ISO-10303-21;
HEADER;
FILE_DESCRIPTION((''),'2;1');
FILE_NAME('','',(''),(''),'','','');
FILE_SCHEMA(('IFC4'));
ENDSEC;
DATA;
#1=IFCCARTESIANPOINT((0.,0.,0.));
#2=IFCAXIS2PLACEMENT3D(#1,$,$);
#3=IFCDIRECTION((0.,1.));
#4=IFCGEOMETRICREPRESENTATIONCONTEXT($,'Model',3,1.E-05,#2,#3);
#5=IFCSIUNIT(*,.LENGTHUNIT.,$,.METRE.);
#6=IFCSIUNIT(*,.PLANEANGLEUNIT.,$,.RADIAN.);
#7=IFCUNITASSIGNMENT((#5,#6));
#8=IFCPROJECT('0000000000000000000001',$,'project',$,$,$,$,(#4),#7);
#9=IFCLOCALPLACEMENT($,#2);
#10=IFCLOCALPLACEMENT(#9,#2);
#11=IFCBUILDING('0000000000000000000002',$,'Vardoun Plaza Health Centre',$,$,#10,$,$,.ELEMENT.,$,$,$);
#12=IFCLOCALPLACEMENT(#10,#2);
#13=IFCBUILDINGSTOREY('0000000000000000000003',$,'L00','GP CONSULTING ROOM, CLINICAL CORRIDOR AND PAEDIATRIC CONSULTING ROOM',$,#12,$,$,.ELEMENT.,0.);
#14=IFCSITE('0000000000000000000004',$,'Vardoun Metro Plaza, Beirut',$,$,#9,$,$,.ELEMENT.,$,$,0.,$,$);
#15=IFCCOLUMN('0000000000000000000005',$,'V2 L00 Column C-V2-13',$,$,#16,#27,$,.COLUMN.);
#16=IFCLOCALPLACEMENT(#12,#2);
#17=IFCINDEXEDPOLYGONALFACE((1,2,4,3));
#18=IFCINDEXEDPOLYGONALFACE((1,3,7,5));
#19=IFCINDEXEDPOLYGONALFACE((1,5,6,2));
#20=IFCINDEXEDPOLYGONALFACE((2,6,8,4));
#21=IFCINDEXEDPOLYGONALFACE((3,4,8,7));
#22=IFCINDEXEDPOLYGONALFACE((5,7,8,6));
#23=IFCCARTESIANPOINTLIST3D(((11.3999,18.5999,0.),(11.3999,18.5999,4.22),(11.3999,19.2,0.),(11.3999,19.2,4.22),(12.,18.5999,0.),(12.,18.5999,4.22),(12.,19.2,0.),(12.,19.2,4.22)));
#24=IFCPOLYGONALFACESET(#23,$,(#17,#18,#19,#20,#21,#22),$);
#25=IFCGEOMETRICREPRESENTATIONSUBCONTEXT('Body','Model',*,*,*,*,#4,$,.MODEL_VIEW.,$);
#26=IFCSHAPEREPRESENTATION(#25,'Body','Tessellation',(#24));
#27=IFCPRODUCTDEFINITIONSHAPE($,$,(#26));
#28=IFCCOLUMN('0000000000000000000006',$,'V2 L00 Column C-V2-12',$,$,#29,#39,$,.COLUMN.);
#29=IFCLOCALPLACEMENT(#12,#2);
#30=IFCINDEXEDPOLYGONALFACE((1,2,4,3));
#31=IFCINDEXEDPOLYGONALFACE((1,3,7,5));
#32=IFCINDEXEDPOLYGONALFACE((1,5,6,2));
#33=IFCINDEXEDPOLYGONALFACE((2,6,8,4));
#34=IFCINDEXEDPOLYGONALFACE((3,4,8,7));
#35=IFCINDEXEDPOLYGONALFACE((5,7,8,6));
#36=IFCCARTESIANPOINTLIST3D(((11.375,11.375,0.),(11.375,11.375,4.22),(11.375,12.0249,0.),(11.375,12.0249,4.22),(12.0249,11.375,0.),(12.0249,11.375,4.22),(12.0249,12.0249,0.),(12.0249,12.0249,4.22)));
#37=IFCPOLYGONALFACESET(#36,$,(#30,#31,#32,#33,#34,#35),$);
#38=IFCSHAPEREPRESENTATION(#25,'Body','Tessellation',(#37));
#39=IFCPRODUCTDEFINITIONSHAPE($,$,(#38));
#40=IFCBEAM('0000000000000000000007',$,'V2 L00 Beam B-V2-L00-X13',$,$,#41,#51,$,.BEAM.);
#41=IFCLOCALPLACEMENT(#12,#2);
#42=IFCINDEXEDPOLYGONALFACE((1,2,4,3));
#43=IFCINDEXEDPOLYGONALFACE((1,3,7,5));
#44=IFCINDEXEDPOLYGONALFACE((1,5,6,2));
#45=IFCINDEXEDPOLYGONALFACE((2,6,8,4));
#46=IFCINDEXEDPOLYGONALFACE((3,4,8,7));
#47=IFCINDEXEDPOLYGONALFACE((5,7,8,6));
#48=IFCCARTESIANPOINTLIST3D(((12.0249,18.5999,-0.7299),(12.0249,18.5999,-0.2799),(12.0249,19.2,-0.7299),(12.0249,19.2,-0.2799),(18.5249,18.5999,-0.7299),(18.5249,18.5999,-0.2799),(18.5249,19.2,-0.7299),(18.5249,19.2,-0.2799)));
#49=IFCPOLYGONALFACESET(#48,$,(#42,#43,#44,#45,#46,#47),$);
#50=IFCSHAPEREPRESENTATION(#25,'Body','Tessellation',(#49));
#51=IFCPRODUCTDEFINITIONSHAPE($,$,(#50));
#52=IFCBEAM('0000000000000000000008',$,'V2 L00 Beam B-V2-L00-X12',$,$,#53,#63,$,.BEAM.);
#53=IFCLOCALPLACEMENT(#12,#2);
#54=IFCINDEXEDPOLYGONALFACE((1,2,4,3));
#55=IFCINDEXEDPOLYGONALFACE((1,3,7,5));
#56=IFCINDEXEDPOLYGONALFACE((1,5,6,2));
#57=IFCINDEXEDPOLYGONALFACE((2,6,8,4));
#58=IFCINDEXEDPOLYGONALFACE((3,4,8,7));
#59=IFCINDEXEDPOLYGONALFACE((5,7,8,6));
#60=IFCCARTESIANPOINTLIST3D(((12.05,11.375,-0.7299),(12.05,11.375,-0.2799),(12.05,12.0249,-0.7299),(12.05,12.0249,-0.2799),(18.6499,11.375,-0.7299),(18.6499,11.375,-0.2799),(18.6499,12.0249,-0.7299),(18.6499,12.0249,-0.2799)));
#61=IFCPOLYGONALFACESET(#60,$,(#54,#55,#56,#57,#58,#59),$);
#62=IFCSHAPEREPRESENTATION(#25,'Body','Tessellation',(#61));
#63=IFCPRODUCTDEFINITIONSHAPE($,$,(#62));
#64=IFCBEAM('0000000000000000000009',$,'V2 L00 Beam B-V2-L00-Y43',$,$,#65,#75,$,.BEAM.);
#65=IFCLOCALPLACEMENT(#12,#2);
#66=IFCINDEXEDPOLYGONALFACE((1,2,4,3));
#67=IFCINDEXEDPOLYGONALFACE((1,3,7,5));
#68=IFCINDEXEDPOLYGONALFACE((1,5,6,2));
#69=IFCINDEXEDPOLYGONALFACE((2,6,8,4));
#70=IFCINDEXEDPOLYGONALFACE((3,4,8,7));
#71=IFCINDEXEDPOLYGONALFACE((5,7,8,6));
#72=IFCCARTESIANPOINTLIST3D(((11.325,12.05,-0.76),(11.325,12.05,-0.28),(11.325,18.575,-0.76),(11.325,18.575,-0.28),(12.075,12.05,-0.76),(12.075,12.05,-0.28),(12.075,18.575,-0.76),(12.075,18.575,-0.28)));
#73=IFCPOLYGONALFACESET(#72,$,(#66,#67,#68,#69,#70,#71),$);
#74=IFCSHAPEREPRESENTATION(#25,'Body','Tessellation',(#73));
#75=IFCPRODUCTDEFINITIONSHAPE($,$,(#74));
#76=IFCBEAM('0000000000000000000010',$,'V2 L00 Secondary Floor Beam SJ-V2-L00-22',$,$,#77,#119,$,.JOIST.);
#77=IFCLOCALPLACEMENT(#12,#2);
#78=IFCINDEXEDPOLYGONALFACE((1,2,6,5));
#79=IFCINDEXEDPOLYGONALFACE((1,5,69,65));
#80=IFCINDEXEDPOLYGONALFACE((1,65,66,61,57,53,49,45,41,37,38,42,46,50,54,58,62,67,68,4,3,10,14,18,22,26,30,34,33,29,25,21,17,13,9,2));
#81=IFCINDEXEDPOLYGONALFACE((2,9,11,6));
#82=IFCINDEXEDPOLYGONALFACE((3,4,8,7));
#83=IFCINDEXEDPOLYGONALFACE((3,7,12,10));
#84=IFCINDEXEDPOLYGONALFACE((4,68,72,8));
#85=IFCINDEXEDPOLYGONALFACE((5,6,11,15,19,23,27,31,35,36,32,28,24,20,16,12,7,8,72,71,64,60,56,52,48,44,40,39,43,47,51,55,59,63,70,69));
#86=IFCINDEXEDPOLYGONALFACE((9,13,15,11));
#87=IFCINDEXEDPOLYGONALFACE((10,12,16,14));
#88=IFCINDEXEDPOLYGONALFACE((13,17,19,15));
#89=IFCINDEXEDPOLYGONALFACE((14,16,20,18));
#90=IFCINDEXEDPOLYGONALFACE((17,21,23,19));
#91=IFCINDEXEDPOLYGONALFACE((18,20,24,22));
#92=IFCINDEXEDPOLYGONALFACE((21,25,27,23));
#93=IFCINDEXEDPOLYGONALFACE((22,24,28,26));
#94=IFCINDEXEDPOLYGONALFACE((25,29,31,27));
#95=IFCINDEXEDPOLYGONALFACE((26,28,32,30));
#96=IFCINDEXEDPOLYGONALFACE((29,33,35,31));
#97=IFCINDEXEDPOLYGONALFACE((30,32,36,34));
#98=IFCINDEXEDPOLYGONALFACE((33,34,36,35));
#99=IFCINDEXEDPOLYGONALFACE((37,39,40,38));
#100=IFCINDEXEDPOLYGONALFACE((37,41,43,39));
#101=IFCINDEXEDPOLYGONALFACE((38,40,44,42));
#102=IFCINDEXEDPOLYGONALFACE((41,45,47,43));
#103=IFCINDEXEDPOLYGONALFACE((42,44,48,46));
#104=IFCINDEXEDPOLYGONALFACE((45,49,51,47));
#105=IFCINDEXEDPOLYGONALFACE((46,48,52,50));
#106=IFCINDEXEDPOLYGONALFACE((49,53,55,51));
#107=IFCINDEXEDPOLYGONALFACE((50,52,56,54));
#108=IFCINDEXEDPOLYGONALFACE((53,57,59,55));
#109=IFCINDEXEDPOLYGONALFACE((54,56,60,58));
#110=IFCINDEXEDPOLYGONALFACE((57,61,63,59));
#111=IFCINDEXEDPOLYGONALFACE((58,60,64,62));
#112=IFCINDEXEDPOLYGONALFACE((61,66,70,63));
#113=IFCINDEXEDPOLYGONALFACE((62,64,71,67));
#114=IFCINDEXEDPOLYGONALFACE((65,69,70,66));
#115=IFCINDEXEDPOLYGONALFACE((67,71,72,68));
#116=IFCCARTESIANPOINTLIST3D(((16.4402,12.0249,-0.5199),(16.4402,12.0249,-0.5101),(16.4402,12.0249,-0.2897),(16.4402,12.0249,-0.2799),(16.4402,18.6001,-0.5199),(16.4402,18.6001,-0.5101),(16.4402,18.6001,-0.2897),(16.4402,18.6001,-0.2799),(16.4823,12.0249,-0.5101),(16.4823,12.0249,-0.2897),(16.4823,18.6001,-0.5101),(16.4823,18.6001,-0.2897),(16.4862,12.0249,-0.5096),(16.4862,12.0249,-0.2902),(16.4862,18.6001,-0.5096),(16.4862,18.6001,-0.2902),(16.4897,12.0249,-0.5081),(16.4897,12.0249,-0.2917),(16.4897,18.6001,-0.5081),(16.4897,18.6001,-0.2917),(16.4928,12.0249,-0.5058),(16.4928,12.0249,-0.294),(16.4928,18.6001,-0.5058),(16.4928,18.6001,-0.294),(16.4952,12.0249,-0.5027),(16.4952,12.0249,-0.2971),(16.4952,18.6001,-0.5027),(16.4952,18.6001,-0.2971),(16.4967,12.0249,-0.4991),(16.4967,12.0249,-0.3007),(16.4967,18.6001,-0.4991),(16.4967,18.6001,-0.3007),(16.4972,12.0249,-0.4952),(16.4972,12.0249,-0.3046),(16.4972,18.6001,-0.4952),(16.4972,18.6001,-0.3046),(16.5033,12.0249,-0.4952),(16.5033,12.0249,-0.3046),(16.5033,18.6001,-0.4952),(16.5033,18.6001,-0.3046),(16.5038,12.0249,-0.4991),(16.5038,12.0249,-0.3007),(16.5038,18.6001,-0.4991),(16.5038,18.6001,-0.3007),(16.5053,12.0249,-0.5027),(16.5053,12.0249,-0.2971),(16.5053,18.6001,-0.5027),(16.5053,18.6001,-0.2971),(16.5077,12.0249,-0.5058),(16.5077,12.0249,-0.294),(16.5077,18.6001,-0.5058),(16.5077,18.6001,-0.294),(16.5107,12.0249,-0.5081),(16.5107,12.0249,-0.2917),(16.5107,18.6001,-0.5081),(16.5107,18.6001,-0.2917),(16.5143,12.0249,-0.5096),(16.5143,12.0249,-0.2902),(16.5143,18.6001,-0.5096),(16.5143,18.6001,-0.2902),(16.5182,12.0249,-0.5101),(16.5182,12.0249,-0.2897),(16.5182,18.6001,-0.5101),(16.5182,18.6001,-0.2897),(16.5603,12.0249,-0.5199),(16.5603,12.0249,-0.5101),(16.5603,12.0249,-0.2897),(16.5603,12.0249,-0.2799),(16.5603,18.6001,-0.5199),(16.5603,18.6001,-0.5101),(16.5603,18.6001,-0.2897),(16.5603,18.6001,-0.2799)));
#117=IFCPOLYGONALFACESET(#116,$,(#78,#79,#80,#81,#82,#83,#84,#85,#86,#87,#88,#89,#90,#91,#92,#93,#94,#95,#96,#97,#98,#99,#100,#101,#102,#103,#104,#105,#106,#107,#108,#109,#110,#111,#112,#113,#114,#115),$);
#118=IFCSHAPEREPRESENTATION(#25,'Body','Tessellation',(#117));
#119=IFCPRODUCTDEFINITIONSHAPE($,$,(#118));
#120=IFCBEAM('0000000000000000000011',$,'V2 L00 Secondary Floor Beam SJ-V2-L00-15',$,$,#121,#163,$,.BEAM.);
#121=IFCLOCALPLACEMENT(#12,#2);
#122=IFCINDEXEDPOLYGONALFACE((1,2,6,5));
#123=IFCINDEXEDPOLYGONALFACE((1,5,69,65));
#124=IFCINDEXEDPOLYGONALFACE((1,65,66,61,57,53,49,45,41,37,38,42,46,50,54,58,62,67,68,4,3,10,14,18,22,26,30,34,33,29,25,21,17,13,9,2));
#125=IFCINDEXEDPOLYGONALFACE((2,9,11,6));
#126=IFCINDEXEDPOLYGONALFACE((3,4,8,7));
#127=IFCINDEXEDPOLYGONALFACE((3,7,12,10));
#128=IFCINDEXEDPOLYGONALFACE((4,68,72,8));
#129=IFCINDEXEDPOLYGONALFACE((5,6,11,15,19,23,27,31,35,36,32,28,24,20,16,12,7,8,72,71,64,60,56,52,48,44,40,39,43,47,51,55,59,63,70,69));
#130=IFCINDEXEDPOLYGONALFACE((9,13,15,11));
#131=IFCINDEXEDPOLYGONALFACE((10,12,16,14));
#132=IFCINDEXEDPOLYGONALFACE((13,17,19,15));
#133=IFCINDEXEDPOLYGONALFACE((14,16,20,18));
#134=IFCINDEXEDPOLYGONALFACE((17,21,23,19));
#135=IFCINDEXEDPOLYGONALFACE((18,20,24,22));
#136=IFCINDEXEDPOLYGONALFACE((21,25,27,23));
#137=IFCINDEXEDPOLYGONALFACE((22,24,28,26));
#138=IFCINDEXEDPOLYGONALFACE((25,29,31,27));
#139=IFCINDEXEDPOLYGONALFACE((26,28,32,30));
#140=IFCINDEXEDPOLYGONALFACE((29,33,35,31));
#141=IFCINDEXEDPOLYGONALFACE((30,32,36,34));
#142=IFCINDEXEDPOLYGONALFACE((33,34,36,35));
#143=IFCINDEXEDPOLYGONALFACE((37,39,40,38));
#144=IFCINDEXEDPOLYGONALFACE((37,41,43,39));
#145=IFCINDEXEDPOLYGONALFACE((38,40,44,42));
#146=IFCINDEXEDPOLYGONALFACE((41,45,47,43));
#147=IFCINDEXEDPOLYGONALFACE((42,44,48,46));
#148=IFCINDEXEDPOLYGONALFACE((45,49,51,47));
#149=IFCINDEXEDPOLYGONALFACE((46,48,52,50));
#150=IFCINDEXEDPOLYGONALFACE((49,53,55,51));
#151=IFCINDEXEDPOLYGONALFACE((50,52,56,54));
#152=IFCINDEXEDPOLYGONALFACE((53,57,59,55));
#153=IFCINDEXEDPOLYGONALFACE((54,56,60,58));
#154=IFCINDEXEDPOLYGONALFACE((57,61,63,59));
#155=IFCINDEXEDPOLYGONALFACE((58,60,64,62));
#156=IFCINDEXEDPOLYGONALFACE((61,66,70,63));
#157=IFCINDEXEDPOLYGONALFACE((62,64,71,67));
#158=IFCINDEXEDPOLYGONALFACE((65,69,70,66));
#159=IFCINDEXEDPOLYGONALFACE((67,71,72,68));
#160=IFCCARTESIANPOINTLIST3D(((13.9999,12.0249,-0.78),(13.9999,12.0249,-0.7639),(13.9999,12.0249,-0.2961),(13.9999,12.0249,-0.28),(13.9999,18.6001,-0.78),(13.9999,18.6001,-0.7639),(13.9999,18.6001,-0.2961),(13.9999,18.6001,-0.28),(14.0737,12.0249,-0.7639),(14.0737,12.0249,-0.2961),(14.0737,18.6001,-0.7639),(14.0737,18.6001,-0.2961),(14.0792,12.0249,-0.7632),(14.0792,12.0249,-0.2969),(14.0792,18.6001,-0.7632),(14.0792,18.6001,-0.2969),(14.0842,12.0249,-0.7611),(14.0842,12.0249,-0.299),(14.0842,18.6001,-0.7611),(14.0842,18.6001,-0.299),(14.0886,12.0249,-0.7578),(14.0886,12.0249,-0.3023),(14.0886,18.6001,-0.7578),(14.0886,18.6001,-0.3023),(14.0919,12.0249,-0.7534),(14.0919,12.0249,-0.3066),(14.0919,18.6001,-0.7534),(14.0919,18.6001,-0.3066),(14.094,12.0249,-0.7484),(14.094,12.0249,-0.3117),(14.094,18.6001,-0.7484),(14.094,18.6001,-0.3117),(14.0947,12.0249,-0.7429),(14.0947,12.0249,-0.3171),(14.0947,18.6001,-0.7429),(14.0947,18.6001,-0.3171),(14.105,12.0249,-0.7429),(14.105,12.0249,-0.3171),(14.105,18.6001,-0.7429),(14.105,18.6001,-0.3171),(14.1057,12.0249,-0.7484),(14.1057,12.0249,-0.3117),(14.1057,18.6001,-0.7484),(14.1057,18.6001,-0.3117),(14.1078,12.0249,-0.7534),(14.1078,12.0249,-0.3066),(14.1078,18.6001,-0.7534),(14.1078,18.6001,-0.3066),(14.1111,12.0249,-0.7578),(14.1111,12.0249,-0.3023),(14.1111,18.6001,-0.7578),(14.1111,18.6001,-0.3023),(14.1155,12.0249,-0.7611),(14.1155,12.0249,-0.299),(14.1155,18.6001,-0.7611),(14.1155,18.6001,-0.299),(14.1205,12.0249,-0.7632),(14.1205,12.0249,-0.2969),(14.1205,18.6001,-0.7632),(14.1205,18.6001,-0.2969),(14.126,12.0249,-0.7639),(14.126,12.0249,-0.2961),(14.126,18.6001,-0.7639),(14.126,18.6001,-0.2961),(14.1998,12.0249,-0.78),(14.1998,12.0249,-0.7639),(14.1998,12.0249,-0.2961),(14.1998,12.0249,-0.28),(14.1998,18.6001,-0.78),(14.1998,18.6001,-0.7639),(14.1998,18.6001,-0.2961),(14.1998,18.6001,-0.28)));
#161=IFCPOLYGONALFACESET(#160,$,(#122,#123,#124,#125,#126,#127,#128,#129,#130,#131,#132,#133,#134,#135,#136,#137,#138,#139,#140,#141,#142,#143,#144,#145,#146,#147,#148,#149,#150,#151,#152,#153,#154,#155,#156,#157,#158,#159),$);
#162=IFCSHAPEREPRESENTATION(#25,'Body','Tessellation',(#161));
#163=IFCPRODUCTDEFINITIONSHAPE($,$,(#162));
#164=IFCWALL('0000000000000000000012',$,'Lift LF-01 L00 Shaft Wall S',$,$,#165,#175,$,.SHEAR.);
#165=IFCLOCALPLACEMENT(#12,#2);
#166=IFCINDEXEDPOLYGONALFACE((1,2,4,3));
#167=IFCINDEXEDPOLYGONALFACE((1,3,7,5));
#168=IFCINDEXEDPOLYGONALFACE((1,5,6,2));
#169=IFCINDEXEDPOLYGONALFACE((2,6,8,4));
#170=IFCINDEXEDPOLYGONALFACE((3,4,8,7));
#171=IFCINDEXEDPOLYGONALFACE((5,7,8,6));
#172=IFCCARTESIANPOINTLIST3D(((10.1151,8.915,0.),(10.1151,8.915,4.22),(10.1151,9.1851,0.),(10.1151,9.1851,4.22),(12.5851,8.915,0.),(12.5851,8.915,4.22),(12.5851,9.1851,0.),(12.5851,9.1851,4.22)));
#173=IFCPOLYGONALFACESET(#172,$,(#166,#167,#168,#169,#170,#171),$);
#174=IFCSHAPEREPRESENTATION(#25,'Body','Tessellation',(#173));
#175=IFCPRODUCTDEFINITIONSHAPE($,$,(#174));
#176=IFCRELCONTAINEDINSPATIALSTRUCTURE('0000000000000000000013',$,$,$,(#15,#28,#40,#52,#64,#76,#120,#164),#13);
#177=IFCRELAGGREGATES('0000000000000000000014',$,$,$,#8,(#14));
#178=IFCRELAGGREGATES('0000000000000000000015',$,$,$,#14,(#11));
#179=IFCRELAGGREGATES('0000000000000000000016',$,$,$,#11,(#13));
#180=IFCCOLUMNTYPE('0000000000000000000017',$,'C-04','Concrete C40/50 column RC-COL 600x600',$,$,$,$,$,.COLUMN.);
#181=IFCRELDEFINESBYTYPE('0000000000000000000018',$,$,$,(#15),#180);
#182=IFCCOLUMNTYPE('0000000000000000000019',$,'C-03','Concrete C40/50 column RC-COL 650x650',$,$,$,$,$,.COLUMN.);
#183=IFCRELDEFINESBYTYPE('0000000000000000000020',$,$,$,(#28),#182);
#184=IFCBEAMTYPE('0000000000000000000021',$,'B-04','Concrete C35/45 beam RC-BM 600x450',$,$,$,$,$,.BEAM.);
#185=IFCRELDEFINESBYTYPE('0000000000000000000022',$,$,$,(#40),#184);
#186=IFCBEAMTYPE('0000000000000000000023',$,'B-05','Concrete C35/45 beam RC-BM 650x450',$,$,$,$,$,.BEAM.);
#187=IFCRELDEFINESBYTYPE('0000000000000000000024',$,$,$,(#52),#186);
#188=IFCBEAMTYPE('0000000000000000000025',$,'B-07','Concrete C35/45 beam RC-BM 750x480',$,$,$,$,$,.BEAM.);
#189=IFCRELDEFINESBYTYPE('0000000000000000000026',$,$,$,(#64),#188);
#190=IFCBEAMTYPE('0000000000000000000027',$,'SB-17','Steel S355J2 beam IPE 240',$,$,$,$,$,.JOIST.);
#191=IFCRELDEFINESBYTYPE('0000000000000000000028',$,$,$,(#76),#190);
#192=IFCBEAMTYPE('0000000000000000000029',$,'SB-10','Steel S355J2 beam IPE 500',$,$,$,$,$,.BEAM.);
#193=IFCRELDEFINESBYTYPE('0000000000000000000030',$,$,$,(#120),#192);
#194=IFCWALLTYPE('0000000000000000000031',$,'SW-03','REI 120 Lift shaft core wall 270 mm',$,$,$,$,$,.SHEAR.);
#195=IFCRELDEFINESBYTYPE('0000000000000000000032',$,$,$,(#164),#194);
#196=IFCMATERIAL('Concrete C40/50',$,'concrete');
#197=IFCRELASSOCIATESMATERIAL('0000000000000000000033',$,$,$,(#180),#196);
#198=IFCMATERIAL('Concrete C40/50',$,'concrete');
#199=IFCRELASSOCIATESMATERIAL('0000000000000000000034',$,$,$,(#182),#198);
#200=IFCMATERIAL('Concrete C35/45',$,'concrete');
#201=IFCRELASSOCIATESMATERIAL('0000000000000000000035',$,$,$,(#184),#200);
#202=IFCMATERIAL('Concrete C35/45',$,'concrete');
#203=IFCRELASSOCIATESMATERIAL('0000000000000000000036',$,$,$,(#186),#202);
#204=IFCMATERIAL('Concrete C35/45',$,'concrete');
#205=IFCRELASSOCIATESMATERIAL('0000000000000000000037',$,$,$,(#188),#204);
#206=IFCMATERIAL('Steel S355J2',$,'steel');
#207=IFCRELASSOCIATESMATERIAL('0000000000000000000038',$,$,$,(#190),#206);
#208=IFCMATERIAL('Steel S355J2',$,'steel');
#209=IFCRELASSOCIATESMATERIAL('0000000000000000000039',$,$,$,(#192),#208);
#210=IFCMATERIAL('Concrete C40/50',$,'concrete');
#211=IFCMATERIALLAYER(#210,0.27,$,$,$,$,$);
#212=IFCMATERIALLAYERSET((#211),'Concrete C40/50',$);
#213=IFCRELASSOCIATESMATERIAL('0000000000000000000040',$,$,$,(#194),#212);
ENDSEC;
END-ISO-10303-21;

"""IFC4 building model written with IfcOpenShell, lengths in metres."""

from ifc_helpers import new_model, si_unit, direction, frame, frame_2d, origin, origin_2d, place, context, subcontext, project, spatial, rectangle, i_section, extrude, material, layer, layer_set, material_profile, profile_set, type_object, element, save


model = new_model("IFC4")

# Units and contexts
model_context = context("Model", 3, precision=1e-05, world=origin(), true_north=direction((0.0, 1.0)))
body_context = subcontext(model_context, "Body", "Model", "MODEL_VIEW")
ifc_project = project(units=[si_unit("LENGTHUNIT", "METRE"), si_unit("PLANEANGLEUNIT", "RADIAN")], contexts=[model_context])

# Site, building, storey
site_placement = place(None, origin())
site = spatial("IfcSite", under=ifc_project, at=site_placement, Name="Vardoun Metro Plaza, Beirut", CompositionType="ELEMENT", RefElevation=0.0)
building_placement = place(site_placement, origin())
building = spatial("IfcBuilding", under=site, at=building_placement, Name="Vardoun Plaza Health Centre", CompositionType="ELEMENT")
storey_placement = place(building_placement, origin())
storey = spatial("IfcBuildingStorey", under=building, at=storey_placement, Name="L00", Description="GP CONSULTING ROOM, CLINICAL CORRIDOR AND PAEDIATRIC CONSULTING ROOM", CompositionType="ELEMENT", Elevation=0.0)

# Columns
ifc_material_1 = material(Name="Concrete C40/50", Category="concrete")
ifc_material_profile_1 = material_profile(ifc_material_1, rectangle(XDim=0.6001, YDim=0.6001, at=origin_2d()), Name="RC-COL 600x600")
ifc_profile_set_1 = profile_set([ifc_material_profile_1], Name="Concrete C40/50")
column_type_1 = type_object("IfcColumnType", Name="C-04", Description="Concrete C40/50 column RC-COL 600x600", PredefinedType="COLUMN", material=ifc_profile_set_1)
column_1_placement = place(storey_placement, frame((11.7, 18.8999, 0.0), z_axis=(0.0, 0.0, 1.0), x_axis=(1.0, 0.0, 0.0)))
element("IfcColumn", 1, at=column_1_placement, inside=storey, type_object=column_type_1, Name="V2 L00 Column C-V2-13", PredefinedType="COLUMN", context=body_context, shape_type="SweptSolid", body=[
    extrude(rectangle(XDim=0.6001, YDim=0.6001, at=origin_2d()), origin(), (0.0, 0.0, 1.0), 4.22),
])
ifc_material_2 = material(Name="Concrete C40/50", Category="concrete")
ifc_material_profile_2 = material_profile(ifc_material_2, rectangle(XDim=0.6499, YDim=0.6499, at=origin_2d()), Name="RC-COL 650x650")
ifc_profile_set_2 = profile_set([ifc_material_profile_2], Name="Concrete C40/50")
column_type_2 = type_object("IfcColumnType", Name="C-03", Description="Concrete C40/50 column RC-COL 650x650", PredefinedType="COLUMN", material=ifc_profile_set_2)
column_2_placement = place(storey_placement, frame((11.7, 11.7, 0.0), z_axis=(0.0, 0.0, 1.0), x_axis=(1.0, 0.0, 0.0)))
element("IfcColumn", 2, at=column_2_placement, inside=storey, type_object=column_type_2, Name="V2 L00 Column C-V2-12", PredefinedType="COLUMN", context=body_context, shape_type="SweptSolid", body=[
    extrude(rectangle(XDim=0.6499, YDim=0.6499, at=origin_2d()), origin(), (0.0, 0.0, 1.0), 4.22),
])

# Beams
ifc_material_3 = material(Name="Concrete C35/45", Category="concrete")
ifc_material_profile_3 = material_profile(ifc_material_3, rectangle(XDim=0.6001, YDim=0.45, at=origin_2d()), Name="RC-BM 600x450")
ifc_profile_set_3 = profile_set([ifc_material_profile_3], Name="Concrete C35/45")
beam_type_1 = type_object("IfcBeamType", Name="B-04", Description="Concrete C35/45 beam RC-BM 600x450", PredefinedType="BEAM", material=ifc_profile_set_3)
beam_1_placement = place(storey_placement, frame((12.0249, 18.8999, -0.5049), z_axis=(1.0, 0.0, 0.0), x_axis=(0.0, 1.0, 0.0)))
element("IfcBeam", 3, at=beam_1_placement, inside=storey, type_object=beam_type_1, Name="V2 L00 Beam B-V2-L00-X13", PredefinedType="BEAM", context=body_context, shape_type="SweptSolid", body=[
    extrude(rectangle(XDim=0.6001, YDim=0.45, at=origin_2d()), origin(), (0.0, 0.0, 1.0), 6.5),
])
ifc_material_4 = material(Name="Concrete C35/45", Category="concrete")
ifc_material_profile_4 = material_profile(ifc_material_4, rectangle(XDim=0.6499, YDim=0.45, at=origin_2d()), Name="RC-BM 650x450")
ifc_profile_set_4 = profile_set([ifc_material_profile_4], Name="Concrete C35/45")
beam_type_2 = type_object("IfcBeamType", Name="B-05", Description="Concrete C35/45 beam RC-BM 650x450", PredefinedType="BEAM", material=ifc_profile_set_4)
beam_2_placement = place(storey_placement, frame((12.05, 11.7, -0.5049), z_axis=(1.0, 0.0, 0.0), x_axis=(0.0, 1.0, 0.0)))
element("IfcBeam", 4, at=beam_2_placement, inside=storey, type_object=beam_type_2, Name="V2 L00 Beam B-V2-L00-X12", PredefinedType="BEAM", context=body_context, shape_type="SweptSolid", body=[
    extrude(rectangle(XDim=0.6499, YDim=0.45, at=origin_2d()), origin(), (0.0, 0.0, 1.0), 6.5999),
])
ifc_material_5 = material(Name="Concrete C35/45", Category="concrete")
ifc_material_profile_5 = material_profile(ifc_material_5, rectangle(XDim=0.75, YDim=0.48, at=origin_2d()), Name="RC-BM 750x480")
ifc_profile_set_5 = profile_set([ifc_material_profile_5], Name="Concrete C35/45")
beam_type_3 = type_object("IfcBeamType", Name="B-07", Description="Concrete C35/45 beam RC-BM 750x480", PredefinedType="BEAM", material=ifc_profile_set_5)
beam_3_placement = place(storey_placement, frame((11.7, 12.05, -0.52), z_axis=(0.0, 1.0, 0.0), x_axis=(-1.0, 0.0, 0.0)))
element("IfcBeam", 5, at=beam_3_placement, inside=storey, type_object=beam_type_3, Name="V2 L00 Beam B-V2-L00-Y43", PredefinedType="BEAM", context=body_context, shape_type="SweptSolid", body=[
    extrude(rectangle(XDim=0.75, YDim=0.48, at=origin_2d()), origin(), (0.0, 0.0, 1.0), 6.5249),
])
ifc_material_6 = material(Name="Steel S355J2", Category="steel")
ifc_material_profile_6 = material_profile(ifc_material_6, i_section(OverallWidth=0.1201, OverallDepth=0.24, WebThickness=0.0061, FlangeThickness=0.0098, FilletRadius=0.0149, at=origin_2d()), Name="IPE 240")
ifc_profile_set_6 = profile_set([ifc_material_profile_6], Name="Steel S355J2")
beam_type_4 = type_object("IfcBeamType", Name="SB-17", Description="Steel S355J2 beam IPE 240", PredefinedType="JOIST", material=ifc_profile_set_6)
beam_4_placement = place(storey_placement, frame((16.5002, 12.0249, -0.3999), z_axis=(0.0, 1.0, 0.0), x_axis=(-1.0, 0.0, 0.0)))
element("IfcBeam", 6, at=beam_4_placement, inside=storey, type_object=beam_type_4, Name="V2 L00 Secondary Floor Beam SJ-V2-L00-22", PredefinedType="JOIST", context=body_context, shape_type="SweptSolid", body=[
    extrude(i_section(OverallWidth=0.1201, OverallDepth=0.24, WebThickness=0.0061, FlangeThickness=0.0098, FilletRadius=0.0149, at=origin_2d()), origin(), (0.0, 0.0, 1.0), 6.5752),
])
ifc_material_7 = material(Name="Steel S355J2", Category="steel")
ifc_material_profile_7 = material_profile(ifc_material_7, i_section(OverallWidth=0.2, OverallDepth=0.5, WebThickness=0.0103, FlangeThickness=0.0161, FilletRadius=0.021, at=origin_2d()), Name="IPE 500")
ifc_profile_set_7 = profile_set([ifc_material_profile_7], Name="Steel S355J2")
beam_type_5 = type_object("IfcBeamType", Name="SB-10", Description="Steel S355J2 beam IPE 500", PredefinedType="BEAM", material=ifc_profile_set_7)
beam_5_placement = place(storey_placement, frame((14.0999, 12.0249, -0.53), z_axis=(0.0, 1.0, 0.0), x_axis=(-1.0, 0.0, 0.0)))
element("IfcBeam", 7, at=beam_5_placement, inside=storey, type_object=beam_type_5, Name="V2 L00 Secondary Floor Beam SJ-V2-L00-15", PredefinedType="BEAM", context=body_context, shape_type="SweptSolid", body=[
    extrude(i_section(OverallWidth=0.2, OverallDepth=0.5, WebThickness=0.0103, FlangeThickness=0.0161, FilletRadius=0.021, at=origin_2d()), origin(), (0.0, 0.0, 1.0), 6.5752),
])

# Wall
ifc_material_8 = material(Name="Concrete C40/50", Category="concrete")
ifc_layer_1 = layer(ifc_material_8, 0.27)
ifc_layer_set_1 = layer_set([ifc_layer_1], Name="Concrete C40/50")
wall_type_1 = type_object("IfcWallType", Name="SW-03", Description="REI 120 Lift shaft core wall 270 mm", PredefinedType="SHEAR", material=ifc_layer_set_1)
wall_1_placement = place(storey_placement, frame((12.585, 9.05, 0.0), z_axis=(0.0, 0.0, 1.0), x_axis=(-1.0, 0.0, 0.0)))
element("IfcWall", 8, at=wall_1_placement, inside=storey, type_object=wall_type_1, Name="Lift LF-01 L00 Shaft Wall S", PredefinedType="SHEAR", context=body_context, shape_type="SweptSolid", body=[
    extrude(rectangle(XDim=2.47, YDim=0.27, at=frame_2d((1.2349, 0.0))), origin(), (0.0, 0.0, 1.0), 4.22),
])

save(model, "model.ifc")
